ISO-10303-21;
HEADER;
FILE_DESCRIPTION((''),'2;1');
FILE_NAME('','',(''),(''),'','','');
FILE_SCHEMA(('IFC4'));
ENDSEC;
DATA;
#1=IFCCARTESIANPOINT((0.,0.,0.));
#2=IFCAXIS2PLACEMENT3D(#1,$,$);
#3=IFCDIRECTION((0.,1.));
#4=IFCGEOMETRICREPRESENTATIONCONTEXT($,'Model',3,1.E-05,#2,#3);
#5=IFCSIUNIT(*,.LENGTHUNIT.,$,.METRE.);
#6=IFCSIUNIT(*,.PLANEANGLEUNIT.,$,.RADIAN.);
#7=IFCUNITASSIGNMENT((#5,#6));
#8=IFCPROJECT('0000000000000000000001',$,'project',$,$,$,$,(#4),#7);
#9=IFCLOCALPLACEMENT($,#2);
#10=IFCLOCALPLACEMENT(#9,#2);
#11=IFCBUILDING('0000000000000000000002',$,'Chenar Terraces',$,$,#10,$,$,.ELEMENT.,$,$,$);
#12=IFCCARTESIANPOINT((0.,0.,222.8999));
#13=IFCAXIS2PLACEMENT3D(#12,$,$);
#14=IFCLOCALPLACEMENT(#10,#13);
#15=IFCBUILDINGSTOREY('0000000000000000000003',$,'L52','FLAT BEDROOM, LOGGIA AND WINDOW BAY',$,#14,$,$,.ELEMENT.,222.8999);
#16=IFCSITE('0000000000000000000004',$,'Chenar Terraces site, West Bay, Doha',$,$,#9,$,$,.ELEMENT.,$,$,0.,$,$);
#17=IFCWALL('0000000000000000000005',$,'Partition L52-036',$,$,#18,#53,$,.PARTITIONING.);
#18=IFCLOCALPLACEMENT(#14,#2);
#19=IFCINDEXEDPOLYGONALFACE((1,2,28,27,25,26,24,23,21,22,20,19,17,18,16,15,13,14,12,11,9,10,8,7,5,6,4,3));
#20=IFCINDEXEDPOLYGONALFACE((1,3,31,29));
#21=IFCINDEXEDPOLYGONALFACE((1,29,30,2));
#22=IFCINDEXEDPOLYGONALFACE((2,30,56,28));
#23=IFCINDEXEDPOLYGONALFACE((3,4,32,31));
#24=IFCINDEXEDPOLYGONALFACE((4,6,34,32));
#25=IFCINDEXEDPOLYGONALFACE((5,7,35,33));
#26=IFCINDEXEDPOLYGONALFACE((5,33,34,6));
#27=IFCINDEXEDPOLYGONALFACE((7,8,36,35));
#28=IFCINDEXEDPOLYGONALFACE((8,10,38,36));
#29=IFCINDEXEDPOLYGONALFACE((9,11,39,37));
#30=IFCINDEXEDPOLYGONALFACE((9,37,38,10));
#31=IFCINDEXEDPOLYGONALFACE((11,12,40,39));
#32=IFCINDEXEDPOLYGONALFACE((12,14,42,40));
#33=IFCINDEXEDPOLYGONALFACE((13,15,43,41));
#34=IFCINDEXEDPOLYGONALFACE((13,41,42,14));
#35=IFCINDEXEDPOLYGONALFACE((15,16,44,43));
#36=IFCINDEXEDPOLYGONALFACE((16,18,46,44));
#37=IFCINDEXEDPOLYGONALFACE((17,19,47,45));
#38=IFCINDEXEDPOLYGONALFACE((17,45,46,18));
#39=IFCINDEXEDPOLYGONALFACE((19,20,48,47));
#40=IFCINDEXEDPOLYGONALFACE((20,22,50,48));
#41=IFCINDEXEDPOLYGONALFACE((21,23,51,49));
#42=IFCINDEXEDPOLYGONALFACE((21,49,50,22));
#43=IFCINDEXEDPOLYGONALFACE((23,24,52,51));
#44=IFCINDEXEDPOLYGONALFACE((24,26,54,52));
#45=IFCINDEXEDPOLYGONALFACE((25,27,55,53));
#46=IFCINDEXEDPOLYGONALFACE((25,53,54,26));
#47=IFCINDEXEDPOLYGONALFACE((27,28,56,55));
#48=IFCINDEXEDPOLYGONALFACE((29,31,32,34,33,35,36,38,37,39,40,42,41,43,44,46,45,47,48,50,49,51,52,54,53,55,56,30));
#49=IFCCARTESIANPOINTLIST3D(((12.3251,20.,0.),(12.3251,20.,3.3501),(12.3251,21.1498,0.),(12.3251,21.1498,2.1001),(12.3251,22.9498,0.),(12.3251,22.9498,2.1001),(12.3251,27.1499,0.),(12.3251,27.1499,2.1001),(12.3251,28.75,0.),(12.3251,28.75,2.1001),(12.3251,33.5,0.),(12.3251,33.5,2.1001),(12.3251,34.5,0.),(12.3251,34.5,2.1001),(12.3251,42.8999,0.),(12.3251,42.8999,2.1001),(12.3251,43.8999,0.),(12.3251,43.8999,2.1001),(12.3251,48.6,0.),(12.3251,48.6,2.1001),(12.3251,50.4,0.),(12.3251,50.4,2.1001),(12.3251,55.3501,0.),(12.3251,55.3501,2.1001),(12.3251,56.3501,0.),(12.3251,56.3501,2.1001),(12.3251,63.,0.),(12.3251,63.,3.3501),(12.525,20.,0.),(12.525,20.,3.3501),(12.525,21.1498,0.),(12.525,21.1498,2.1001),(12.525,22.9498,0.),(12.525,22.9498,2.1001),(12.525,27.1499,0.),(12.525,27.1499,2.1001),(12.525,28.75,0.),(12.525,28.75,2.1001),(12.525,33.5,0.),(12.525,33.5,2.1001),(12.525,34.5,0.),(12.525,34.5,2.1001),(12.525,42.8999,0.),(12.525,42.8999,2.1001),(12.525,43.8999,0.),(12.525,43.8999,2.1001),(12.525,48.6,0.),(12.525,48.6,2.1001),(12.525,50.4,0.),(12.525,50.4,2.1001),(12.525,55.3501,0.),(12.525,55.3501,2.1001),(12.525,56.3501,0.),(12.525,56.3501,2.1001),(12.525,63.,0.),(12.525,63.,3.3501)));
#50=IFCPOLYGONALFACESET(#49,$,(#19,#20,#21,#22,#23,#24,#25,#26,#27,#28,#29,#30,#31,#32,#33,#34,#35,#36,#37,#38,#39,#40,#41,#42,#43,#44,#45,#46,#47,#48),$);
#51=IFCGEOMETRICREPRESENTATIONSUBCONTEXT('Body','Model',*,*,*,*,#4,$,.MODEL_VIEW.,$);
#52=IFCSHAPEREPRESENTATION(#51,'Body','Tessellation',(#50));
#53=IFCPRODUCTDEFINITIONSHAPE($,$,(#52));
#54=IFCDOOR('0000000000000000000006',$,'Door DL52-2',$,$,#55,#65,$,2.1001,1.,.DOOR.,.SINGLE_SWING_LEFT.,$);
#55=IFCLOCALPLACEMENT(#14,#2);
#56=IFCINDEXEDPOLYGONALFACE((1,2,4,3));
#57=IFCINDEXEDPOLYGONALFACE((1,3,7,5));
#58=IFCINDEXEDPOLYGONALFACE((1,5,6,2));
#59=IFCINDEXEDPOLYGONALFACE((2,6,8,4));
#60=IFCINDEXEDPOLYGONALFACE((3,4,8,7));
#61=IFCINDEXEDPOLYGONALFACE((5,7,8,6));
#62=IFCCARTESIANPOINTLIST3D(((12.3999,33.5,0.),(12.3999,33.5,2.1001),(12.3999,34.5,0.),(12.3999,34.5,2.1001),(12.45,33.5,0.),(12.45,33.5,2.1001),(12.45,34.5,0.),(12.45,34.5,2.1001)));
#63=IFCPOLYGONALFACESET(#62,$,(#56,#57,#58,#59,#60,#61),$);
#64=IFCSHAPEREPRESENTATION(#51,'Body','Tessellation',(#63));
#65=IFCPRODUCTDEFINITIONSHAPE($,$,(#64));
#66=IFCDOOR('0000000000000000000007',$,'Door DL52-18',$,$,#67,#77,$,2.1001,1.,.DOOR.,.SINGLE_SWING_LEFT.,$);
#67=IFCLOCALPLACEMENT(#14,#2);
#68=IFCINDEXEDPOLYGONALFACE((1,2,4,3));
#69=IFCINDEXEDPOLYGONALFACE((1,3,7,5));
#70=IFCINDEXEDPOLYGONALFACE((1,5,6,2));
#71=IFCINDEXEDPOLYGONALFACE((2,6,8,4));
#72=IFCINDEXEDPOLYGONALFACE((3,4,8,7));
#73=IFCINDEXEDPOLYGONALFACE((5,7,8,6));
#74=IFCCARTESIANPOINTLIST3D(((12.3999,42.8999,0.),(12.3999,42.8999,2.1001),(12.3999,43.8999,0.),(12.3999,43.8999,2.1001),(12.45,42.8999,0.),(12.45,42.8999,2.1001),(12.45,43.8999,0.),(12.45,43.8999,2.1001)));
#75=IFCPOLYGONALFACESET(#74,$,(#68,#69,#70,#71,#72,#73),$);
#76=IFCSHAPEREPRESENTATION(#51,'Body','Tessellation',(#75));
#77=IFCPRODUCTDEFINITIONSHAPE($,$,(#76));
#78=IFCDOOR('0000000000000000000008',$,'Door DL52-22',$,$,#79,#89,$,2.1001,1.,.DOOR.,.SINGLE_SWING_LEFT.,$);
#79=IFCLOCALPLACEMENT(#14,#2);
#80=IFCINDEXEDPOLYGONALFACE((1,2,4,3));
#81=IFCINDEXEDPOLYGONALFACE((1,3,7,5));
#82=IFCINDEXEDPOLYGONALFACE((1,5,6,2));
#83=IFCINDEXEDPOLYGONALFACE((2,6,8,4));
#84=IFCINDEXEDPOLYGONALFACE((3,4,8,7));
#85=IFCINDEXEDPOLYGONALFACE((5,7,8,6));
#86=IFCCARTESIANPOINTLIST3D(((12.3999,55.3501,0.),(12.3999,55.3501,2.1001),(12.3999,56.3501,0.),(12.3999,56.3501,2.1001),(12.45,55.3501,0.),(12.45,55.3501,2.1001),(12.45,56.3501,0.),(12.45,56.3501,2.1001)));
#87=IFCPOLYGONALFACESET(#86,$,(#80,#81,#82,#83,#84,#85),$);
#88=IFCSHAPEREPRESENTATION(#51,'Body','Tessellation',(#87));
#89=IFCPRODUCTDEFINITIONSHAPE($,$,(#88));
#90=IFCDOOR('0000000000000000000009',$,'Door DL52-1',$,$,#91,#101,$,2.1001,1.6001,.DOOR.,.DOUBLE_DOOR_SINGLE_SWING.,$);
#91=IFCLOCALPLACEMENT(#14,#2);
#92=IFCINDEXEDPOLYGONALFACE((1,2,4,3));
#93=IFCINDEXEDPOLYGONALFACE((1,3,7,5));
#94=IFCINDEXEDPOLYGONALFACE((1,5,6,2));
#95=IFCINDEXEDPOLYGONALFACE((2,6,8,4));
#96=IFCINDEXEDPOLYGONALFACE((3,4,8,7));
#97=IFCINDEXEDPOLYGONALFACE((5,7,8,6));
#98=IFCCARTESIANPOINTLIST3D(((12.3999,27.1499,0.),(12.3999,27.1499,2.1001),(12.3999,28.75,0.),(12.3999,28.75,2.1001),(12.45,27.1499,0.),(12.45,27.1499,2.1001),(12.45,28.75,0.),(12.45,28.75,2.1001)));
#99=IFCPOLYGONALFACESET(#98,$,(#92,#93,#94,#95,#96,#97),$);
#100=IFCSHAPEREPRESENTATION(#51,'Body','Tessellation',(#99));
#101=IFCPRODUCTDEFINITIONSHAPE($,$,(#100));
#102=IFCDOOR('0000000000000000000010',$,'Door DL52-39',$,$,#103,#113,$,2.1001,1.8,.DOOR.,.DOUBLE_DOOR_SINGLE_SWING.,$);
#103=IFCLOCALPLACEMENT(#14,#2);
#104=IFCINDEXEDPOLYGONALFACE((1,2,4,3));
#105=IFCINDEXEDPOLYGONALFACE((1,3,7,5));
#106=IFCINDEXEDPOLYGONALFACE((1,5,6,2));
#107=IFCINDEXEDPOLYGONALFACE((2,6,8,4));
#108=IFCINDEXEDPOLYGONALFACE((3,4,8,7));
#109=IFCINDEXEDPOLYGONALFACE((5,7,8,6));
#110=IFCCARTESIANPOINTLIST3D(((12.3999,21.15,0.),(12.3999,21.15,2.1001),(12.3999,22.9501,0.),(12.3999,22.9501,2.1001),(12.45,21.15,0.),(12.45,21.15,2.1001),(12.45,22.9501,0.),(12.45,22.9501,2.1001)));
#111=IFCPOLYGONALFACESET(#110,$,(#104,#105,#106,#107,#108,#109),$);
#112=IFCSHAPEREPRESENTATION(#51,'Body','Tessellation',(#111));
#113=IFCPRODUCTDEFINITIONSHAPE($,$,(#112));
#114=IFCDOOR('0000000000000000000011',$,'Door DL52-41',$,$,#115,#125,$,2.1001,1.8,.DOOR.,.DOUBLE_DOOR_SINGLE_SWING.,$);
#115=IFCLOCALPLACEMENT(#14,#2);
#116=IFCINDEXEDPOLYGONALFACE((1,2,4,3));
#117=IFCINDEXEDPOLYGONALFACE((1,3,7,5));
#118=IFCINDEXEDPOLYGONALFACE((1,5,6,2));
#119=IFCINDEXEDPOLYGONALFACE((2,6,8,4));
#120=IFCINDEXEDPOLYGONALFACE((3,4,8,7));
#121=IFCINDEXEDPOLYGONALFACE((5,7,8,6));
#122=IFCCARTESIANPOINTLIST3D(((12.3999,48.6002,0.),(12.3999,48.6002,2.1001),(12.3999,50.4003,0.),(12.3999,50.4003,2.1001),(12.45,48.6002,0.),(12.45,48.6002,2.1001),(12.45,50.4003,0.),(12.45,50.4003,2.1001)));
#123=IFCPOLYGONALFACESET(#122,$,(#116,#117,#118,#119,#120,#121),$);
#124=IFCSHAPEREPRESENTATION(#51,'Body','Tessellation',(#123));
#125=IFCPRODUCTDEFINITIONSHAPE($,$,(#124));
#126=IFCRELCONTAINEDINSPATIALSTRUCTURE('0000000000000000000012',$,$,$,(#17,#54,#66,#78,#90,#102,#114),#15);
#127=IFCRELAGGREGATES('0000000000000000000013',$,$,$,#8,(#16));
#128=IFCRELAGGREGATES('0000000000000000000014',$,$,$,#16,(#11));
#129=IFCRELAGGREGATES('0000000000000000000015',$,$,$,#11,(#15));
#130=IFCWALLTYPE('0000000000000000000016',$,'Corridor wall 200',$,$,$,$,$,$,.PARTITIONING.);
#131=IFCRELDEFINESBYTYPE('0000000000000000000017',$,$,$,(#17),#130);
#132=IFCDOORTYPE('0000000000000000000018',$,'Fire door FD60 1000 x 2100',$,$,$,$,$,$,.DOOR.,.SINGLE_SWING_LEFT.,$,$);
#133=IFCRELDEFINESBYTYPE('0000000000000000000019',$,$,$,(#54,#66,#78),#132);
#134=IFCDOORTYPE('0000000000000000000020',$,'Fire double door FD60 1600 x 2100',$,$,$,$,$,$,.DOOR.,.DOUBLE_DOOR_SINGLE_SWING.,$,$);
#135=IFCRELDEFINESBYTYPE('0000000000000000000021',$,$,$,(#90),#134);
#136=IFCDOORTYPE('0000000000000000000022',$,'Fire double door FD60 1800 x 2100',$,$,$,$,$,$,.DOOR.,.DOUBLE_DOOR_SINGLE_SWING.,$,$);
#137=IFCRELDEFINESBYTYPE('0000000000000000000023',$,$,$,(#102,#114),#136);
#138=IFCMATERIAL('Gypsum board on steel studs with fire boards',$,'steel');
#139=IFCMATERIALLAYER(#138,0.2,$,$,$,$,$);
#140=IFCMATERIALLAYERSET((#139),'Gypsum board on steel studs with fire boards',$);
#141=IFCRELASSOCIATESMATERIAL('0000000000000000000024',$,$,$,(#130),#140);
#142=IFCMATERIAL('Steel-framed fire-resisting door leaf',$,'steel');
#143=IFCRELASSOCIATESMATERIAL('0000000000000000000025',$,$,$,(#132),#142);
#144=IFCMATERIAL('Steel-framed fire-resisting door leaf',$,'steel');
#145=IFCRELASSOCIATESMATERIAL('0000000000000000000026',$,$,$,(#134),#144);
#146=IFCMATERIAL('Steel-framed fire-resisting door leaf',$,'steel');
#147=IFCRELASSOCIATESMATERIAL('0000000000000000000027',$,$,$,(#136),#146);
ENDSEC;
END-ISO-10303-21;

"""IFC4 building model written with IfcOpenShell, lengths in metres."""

from ifc_helpers import new_model, si_unit, direction, frame, frame_2d, origin, place, context, subcontext, project, spatial, rectangle, extrude, material, layer, layer_set, type_object, element, fill, save


model = new_model("IFC4")

# Units and contexts
model_context = context("Model", 3, precision=1e-05, world=origin(), true_north=direction((0.0, 1.0)))
body_context = subcontext(model_context, "Body", "Model", "MODEL_VIEW")
ifc_project = project(units=[si_unit("LENGTHUNIT", "METRE"), si_unit("PLANEANGLEUNIT", "RADIAN")], contexts=[model_context])

# Site, building, storey
site_placement = place(None, origin())
site = spatial("IfcSite", under=ifc_project, at=site_placement, Name="Chenar Terraces site, West Bay, Doha", CompositionType="ELEMENT", RefElevation=0.0)
building_placement = place(site_placement, origin())
building = spatial("IfcBuilding", under=site, at=building_placement, Name="Chenar Terraces", CompositionType="ELEMENT")
storey_placement = place(building_placement, frame((0.0, 0.0, 222.8999)))
storey = spatial("IfcBuildingStorey", under=building, at=storey_placement, Name="L52", Description="FLAT BEDROOM, LOGGIA AND WINDOW BAY", CompositionType="ELEMENT", Elevation=222.8999)

# Wall, openings, doors
ifc_material_1 = material(Name="Gypsum board on steel studs with fire boards", Category="steel")
ifc_layer_1 = layer(ifc_material_1, 0.2)
ifc_layer_set_1 = layer_set([ifc_layer_1], Name="Gypsum board on steel studs with fire boards")
wall_type_1 = type_object("IfcWallType", Name="Corridor wall 200", PredefinedType="PARTITIONING", material=ifc_layer_set_1)
wall_1_placement = place(storey_placement, frame((12.425, 20.0, 0.0), z_axis=(0.0, 0.0, 1.0), x_axis=(0.0, 1.0, 0.0)))
wall_1 = element("IfcWall", 1, at=wall_1_placement, inside=storey, type_object=wall_type_1, Name="Partition L52-036", PredefinedType="PARTITIONING", context=body_context, shape_type="SweptSolid", body=[
    extrude(rectangle(XDim=43.0, YDim=0.2, at=frame_2d((21.5, 0.0))), origin(), (0.0, 0.0, 1.0), 3.3501),
])
opening_1_placement = place(wall_1_placement, frame((7.1499, 0.0, 0.0)))
opening_1 = element("IfcOpeningElement", 2, at=opening_1_placement, cuts=wall_1, PredefinedType="OPENING", context=body_context, shape_type="SweptSolid", body=[
    extrude(rectangle(XDim=1.6001, YDim=2.1001, at=frame_2d((0.8, 1.05))), frame((0.0, 0.1099, 0.0), z_axis=(0.0, -1.0, 0.0), x_axis=(1.0, 0.0, 0.0)), (0.0, 0.0, 1.0), 0.22),
])
opening_2_placement = place(wall_1_placement, frame((13.5, 0.0, 0.0)))
opening_2 = element("IfcOpeningElement", 3, at=opening_2_placement, cuts=wall_1, PredefinedType="OPENING", context=body_context, shape_type="SweptSolid", body=[
    extrude(rectangle(XDim=1.0, YDim=2.1001, at=frame_2d((0.5, 1.05))), frame((0.0, 0.1099, 0.0), z_axis=(0.0, -1.0, 0.0), x_axis=(1.0, 0.0, 0.0)), (0.0, 0.0, 1.0), 0.22),
])
opening_3_placement = place(wall_1_placement, frame((22.8999, 0.0, 0.0)))
opening_3 = element("IfcOpeningElement", 4, at=opening_3_placement, cuts=wall_1, PredefinedType="OPENING", context=body_context, shape_type="SweptSolid", body=[
    extrude(rectangle(XDim=1.0, YDim=2.1001, at=frame_2d((0.5, 1.05))), frame((0.0, 0.1099, 0.0), z_axis=(0.0, -1.0, 0.0), x_axis=(1.0, 0.0, 0.0)), (0.0, 0.0, 1.0), 0.22),
])
opening_4_placement = place(wall_1_placement, frame((35.3501, 0.0, 0.0)))
opening_4 = element("IfcOpeningElement", 5, at=opening_4_placement, cuts=wall_1, PredefinedType="OPENING", context=body_context, shape_type="SweptSolid", body=[
    extrude(rectangle(XDim=1.0, YDim=2.1001, at=frame_2d((0.5, 1.05))), frame((0.0, 0.1099, 0.0), z_axis=(0.0, -1.0, 0.0), x_axis=(1.0, 0.0, 0.0)), (0.0, 0.0, 1.0), 0.22),
])
opening_5_placement = place(wall_1_placement, frame((1.1499, 0.0, 0.0)))
opening_5 = element("IfcOpeningElement", 6, at=opening_5_placement, cuts=wall_1, PredefinedType="OPENING", context=body_context, shape_type="SweptSolid", body=[
    extrude(rectangle(XDim=1.8, YDim=2.1001, at=frame_2d((0.8999, 1.05))), frame((0.0, 0.1099, 0.0), z_axis=(0.0, -1.0, 0.0), x_axis=(1.0, 0.0, 0.0)), (0.0, 0.0, 1.0), 0.22),
])
opening_6_placement = place(wall_1_placement, frame((28.6001, 0.0, 0.0)))
opening_6 = element("IfcOpeningElement", 7, at=opening_6_placement, cuts=wall_1, PredefinedType="OPENING", context=body_context, shape_type="SweptSolid", body=[
    extrude(rectangle(XDim=1.8, YDim=2.1001, at=frame_2d((0.8999, 1.05))), frame((0.0, 0.1099, 0.0), z_axis=(0.0, -1.0, 0.0), x_axis=(1.0, 0.0, 0.0)), (0.0, 0.0, 1.0), 0.22),
])
ifc_material_2 = material(Name="Steel-framed fire-resisting door leaf", Category="steel")
door_type_1 = type_object("IfcDoorType", Name="Fire door FD60 1000 x 2100", OperationType="SINGLE_SWING_LEFT", PredefinedType="DOOR", material=ifc_material_2)
door_1_placement = place(opening_2_placement, frame((1.0, 0.0, 0.0), z_axis=(0.0, 0.0, 1.0), x_axis=(-1.0, 0.0, 0.0)))
door_1 = element("IfcDoor", 8, at=door_1_placement, inside=storey, type_object=door_type_1, Name="Door DL52-2", OperationType="SINGLE_SWING_LEFT", OverallHeight=2.1001, OverallWidth=1.0, PredefinedType="DOOR", context=body_context, shape_type="SweptSolid", body=[
    extrude(rectangle(XDim=1.0, YDim=2.1001, at=frame_2d((0.5, 1.05))), frame((0.0, 0.0249, 0.0), z_axis=(0.0, -1.0, 0.0), x_axis=(1.0, 0.0, 0.0)), (0.0, 0.0, 1.0), 0.05),
])
fill(opening_2, door_1)
door_2_placement = place(opening_3_placement, frame((1.0, 0.0, 0.0), z_axis=(0.0, 0.0, 1.0), x_axis=(-1.0, 0.0, 0.0)))
door_2 = element("IfcDoor", 9, at=door_2_placement, inside=storey, type_object=door_type_1, Name="Door DL52-18", OperationType="SINGLE_SWING_LEFT", OverallHeight=2.1001, OverallWidth=1.0, PredefinedType="DOOR", context=body_context, shape_type="SweptSolid", body=[
    extrude(rectangle(XDim=1.0, YDim=2.1001, at=frame_2d((0.5, 1.05))), frame((0.0, 0.0249, 0.0), z_axis=(0.0, -1.0, 0.0), x_axis=(1.0, 0.0, 0.0)), (0.0, 0.0, 1.0), 0.05),
])
fill(opening_3, door_2)
door_3_placement = place(opening_4_placement, frame((1.0, 0.0, 0.0), z_axis=(0.0, 0.0, 1.0), x_axis=(-1.0, 0.0, 0.0)))
door_3 = element("IfcDoor", 10, at=door_3_placement, inside=storey, type_object=door_type_1, Name="Door DL52-22", OperationType="SINGLE_SWING_LEFT", OverallHeight=2.1001, OverallWidth=1.0, PredefinedType="DOOR", context=body_context, shape_type="SweptSolid", body=[
    extrude(rectangle(XDim=1.0, YDim=2.1001, at=frame_2d((0.5, 1.05))), frame((0.0, 0.0249, 0.0), z_axis=(0.0, -1.0, 0.0), x_axis=(1.0, 0.0, 0.0)), (0.0, 0.0, 1.0), 0.05),
])
fill(opening_4, door_3)
ifc_material_3 = material(Name="Steel-framed fire-resisting door leaf", Category="steel")
door_type_2 = type_object("IfcDoorType", Name="Fire double door FD60 1600 x 2100", OperationType="DOUBLE_DOOR_SINGLE_SWING", PredefinedType="DOOR", material=ifc_material_3)
door_4_placement = place(opening_1_placement, frame((1.6001, 0.0, 0.0), z_axis=(0.0, 0.0, 1.0), x_axis=(-1.0, 0.0, 0.0)))
door_4 = element("IfcDoor", 11, at=door_4_placement, inside=storey, type_object=door_type_2, Name="Door DL52-1", OperationType="DOUBLE_DOOR_SINGLE_SWING", OverallHeight=2.1001, OverallWidth=1.6001, PredefinedType="DOOR", context=body_context, shape_type="SweptSolid", body=[
    extrude(rectangle(XDim=1.6001, YDim=2.1001, at=frame_2d((0.8, 1.05))), frame((0.0, 0.0249, 0.0), z_axis=(0.0, -1.0, 0.0), x_axis=(1.0, 0.0, 0.0)), (0.0, 0.0, 1.0), 0.05),
])
fill(opening_1, door_4)
ifc_material_4 = material(Name="Steel-framed fire-resisting door leaf", Category="steel")
door_type_3 = type_object("IfcDoorType", Name="Fire double door FD60 1800 x 2100", OperationType="DOUBLE_DOOR_SINGLE_SWING", PredefinedType="DOOR", material=ifc_material_4)
door_5_placement = place(opening_5_placement, frame((1.8, 0.0, 0.0), z_axis=(0.0, 0.0, 1.0), x_axis=(-1.0, 0.0, 0.0)))
door_5 = element("IfcDoor", 12, at=door_5_placement, inside=storey, type_object=door_type_3, Name="Door DL52-39", OperationType="DOUBLE_DOOR_SINGLE_SWING", OverallHeight=2.1001, OverallWidth=1.8, PredefinedType="DOOR", context=body_context, shape_type="SweptSolid", body=[
    extrude(rectangle(XDim=1.8, YDim=2.1001, at=frame_2d((0.8999, 1.05))), frame((0.0, 0.0249, 0.0), z_axis=(0.0, -1.0, 0.0), x_axis=(1.0, 0.0, 0.0)), (0.0, 0.0, 1.0), 0.05),
])
fill(opening_5, door_5)
door_6_placement = place(opening_6_placement, frame((1.8, 0.0, 0.0), z_axis=(0.0, 0.0, 1.0), x_axis=(-1.0, 0.0, 0.0)))
door_6 = element("IfcDoor", 13, at=door_6_placement, inside=storey, type_object=door_type_3, Name="Door DL52-41", OperationType="DOUBLE_DOOR_SINGLE_SWING", OverallHeight=2.1001, OverallWidth=1.8, PredefinedType="DOOR", context=body_context, shape_type="SweptSolid", body=[
    extrude(rectangle(XDim=1.8, YDim=2.1001, at=frame_2d((0.8999, 1.05))), frame((0.0, 0.0249, 0.0), z_axis=(0.0, -1.0, 0.0), x_axis=(1.0, 0.0, 0.0)), (0.0, 0.0, 1.0), 0.05),
])
fill(opening_6, door_6)

save(model, "model.ifc")
